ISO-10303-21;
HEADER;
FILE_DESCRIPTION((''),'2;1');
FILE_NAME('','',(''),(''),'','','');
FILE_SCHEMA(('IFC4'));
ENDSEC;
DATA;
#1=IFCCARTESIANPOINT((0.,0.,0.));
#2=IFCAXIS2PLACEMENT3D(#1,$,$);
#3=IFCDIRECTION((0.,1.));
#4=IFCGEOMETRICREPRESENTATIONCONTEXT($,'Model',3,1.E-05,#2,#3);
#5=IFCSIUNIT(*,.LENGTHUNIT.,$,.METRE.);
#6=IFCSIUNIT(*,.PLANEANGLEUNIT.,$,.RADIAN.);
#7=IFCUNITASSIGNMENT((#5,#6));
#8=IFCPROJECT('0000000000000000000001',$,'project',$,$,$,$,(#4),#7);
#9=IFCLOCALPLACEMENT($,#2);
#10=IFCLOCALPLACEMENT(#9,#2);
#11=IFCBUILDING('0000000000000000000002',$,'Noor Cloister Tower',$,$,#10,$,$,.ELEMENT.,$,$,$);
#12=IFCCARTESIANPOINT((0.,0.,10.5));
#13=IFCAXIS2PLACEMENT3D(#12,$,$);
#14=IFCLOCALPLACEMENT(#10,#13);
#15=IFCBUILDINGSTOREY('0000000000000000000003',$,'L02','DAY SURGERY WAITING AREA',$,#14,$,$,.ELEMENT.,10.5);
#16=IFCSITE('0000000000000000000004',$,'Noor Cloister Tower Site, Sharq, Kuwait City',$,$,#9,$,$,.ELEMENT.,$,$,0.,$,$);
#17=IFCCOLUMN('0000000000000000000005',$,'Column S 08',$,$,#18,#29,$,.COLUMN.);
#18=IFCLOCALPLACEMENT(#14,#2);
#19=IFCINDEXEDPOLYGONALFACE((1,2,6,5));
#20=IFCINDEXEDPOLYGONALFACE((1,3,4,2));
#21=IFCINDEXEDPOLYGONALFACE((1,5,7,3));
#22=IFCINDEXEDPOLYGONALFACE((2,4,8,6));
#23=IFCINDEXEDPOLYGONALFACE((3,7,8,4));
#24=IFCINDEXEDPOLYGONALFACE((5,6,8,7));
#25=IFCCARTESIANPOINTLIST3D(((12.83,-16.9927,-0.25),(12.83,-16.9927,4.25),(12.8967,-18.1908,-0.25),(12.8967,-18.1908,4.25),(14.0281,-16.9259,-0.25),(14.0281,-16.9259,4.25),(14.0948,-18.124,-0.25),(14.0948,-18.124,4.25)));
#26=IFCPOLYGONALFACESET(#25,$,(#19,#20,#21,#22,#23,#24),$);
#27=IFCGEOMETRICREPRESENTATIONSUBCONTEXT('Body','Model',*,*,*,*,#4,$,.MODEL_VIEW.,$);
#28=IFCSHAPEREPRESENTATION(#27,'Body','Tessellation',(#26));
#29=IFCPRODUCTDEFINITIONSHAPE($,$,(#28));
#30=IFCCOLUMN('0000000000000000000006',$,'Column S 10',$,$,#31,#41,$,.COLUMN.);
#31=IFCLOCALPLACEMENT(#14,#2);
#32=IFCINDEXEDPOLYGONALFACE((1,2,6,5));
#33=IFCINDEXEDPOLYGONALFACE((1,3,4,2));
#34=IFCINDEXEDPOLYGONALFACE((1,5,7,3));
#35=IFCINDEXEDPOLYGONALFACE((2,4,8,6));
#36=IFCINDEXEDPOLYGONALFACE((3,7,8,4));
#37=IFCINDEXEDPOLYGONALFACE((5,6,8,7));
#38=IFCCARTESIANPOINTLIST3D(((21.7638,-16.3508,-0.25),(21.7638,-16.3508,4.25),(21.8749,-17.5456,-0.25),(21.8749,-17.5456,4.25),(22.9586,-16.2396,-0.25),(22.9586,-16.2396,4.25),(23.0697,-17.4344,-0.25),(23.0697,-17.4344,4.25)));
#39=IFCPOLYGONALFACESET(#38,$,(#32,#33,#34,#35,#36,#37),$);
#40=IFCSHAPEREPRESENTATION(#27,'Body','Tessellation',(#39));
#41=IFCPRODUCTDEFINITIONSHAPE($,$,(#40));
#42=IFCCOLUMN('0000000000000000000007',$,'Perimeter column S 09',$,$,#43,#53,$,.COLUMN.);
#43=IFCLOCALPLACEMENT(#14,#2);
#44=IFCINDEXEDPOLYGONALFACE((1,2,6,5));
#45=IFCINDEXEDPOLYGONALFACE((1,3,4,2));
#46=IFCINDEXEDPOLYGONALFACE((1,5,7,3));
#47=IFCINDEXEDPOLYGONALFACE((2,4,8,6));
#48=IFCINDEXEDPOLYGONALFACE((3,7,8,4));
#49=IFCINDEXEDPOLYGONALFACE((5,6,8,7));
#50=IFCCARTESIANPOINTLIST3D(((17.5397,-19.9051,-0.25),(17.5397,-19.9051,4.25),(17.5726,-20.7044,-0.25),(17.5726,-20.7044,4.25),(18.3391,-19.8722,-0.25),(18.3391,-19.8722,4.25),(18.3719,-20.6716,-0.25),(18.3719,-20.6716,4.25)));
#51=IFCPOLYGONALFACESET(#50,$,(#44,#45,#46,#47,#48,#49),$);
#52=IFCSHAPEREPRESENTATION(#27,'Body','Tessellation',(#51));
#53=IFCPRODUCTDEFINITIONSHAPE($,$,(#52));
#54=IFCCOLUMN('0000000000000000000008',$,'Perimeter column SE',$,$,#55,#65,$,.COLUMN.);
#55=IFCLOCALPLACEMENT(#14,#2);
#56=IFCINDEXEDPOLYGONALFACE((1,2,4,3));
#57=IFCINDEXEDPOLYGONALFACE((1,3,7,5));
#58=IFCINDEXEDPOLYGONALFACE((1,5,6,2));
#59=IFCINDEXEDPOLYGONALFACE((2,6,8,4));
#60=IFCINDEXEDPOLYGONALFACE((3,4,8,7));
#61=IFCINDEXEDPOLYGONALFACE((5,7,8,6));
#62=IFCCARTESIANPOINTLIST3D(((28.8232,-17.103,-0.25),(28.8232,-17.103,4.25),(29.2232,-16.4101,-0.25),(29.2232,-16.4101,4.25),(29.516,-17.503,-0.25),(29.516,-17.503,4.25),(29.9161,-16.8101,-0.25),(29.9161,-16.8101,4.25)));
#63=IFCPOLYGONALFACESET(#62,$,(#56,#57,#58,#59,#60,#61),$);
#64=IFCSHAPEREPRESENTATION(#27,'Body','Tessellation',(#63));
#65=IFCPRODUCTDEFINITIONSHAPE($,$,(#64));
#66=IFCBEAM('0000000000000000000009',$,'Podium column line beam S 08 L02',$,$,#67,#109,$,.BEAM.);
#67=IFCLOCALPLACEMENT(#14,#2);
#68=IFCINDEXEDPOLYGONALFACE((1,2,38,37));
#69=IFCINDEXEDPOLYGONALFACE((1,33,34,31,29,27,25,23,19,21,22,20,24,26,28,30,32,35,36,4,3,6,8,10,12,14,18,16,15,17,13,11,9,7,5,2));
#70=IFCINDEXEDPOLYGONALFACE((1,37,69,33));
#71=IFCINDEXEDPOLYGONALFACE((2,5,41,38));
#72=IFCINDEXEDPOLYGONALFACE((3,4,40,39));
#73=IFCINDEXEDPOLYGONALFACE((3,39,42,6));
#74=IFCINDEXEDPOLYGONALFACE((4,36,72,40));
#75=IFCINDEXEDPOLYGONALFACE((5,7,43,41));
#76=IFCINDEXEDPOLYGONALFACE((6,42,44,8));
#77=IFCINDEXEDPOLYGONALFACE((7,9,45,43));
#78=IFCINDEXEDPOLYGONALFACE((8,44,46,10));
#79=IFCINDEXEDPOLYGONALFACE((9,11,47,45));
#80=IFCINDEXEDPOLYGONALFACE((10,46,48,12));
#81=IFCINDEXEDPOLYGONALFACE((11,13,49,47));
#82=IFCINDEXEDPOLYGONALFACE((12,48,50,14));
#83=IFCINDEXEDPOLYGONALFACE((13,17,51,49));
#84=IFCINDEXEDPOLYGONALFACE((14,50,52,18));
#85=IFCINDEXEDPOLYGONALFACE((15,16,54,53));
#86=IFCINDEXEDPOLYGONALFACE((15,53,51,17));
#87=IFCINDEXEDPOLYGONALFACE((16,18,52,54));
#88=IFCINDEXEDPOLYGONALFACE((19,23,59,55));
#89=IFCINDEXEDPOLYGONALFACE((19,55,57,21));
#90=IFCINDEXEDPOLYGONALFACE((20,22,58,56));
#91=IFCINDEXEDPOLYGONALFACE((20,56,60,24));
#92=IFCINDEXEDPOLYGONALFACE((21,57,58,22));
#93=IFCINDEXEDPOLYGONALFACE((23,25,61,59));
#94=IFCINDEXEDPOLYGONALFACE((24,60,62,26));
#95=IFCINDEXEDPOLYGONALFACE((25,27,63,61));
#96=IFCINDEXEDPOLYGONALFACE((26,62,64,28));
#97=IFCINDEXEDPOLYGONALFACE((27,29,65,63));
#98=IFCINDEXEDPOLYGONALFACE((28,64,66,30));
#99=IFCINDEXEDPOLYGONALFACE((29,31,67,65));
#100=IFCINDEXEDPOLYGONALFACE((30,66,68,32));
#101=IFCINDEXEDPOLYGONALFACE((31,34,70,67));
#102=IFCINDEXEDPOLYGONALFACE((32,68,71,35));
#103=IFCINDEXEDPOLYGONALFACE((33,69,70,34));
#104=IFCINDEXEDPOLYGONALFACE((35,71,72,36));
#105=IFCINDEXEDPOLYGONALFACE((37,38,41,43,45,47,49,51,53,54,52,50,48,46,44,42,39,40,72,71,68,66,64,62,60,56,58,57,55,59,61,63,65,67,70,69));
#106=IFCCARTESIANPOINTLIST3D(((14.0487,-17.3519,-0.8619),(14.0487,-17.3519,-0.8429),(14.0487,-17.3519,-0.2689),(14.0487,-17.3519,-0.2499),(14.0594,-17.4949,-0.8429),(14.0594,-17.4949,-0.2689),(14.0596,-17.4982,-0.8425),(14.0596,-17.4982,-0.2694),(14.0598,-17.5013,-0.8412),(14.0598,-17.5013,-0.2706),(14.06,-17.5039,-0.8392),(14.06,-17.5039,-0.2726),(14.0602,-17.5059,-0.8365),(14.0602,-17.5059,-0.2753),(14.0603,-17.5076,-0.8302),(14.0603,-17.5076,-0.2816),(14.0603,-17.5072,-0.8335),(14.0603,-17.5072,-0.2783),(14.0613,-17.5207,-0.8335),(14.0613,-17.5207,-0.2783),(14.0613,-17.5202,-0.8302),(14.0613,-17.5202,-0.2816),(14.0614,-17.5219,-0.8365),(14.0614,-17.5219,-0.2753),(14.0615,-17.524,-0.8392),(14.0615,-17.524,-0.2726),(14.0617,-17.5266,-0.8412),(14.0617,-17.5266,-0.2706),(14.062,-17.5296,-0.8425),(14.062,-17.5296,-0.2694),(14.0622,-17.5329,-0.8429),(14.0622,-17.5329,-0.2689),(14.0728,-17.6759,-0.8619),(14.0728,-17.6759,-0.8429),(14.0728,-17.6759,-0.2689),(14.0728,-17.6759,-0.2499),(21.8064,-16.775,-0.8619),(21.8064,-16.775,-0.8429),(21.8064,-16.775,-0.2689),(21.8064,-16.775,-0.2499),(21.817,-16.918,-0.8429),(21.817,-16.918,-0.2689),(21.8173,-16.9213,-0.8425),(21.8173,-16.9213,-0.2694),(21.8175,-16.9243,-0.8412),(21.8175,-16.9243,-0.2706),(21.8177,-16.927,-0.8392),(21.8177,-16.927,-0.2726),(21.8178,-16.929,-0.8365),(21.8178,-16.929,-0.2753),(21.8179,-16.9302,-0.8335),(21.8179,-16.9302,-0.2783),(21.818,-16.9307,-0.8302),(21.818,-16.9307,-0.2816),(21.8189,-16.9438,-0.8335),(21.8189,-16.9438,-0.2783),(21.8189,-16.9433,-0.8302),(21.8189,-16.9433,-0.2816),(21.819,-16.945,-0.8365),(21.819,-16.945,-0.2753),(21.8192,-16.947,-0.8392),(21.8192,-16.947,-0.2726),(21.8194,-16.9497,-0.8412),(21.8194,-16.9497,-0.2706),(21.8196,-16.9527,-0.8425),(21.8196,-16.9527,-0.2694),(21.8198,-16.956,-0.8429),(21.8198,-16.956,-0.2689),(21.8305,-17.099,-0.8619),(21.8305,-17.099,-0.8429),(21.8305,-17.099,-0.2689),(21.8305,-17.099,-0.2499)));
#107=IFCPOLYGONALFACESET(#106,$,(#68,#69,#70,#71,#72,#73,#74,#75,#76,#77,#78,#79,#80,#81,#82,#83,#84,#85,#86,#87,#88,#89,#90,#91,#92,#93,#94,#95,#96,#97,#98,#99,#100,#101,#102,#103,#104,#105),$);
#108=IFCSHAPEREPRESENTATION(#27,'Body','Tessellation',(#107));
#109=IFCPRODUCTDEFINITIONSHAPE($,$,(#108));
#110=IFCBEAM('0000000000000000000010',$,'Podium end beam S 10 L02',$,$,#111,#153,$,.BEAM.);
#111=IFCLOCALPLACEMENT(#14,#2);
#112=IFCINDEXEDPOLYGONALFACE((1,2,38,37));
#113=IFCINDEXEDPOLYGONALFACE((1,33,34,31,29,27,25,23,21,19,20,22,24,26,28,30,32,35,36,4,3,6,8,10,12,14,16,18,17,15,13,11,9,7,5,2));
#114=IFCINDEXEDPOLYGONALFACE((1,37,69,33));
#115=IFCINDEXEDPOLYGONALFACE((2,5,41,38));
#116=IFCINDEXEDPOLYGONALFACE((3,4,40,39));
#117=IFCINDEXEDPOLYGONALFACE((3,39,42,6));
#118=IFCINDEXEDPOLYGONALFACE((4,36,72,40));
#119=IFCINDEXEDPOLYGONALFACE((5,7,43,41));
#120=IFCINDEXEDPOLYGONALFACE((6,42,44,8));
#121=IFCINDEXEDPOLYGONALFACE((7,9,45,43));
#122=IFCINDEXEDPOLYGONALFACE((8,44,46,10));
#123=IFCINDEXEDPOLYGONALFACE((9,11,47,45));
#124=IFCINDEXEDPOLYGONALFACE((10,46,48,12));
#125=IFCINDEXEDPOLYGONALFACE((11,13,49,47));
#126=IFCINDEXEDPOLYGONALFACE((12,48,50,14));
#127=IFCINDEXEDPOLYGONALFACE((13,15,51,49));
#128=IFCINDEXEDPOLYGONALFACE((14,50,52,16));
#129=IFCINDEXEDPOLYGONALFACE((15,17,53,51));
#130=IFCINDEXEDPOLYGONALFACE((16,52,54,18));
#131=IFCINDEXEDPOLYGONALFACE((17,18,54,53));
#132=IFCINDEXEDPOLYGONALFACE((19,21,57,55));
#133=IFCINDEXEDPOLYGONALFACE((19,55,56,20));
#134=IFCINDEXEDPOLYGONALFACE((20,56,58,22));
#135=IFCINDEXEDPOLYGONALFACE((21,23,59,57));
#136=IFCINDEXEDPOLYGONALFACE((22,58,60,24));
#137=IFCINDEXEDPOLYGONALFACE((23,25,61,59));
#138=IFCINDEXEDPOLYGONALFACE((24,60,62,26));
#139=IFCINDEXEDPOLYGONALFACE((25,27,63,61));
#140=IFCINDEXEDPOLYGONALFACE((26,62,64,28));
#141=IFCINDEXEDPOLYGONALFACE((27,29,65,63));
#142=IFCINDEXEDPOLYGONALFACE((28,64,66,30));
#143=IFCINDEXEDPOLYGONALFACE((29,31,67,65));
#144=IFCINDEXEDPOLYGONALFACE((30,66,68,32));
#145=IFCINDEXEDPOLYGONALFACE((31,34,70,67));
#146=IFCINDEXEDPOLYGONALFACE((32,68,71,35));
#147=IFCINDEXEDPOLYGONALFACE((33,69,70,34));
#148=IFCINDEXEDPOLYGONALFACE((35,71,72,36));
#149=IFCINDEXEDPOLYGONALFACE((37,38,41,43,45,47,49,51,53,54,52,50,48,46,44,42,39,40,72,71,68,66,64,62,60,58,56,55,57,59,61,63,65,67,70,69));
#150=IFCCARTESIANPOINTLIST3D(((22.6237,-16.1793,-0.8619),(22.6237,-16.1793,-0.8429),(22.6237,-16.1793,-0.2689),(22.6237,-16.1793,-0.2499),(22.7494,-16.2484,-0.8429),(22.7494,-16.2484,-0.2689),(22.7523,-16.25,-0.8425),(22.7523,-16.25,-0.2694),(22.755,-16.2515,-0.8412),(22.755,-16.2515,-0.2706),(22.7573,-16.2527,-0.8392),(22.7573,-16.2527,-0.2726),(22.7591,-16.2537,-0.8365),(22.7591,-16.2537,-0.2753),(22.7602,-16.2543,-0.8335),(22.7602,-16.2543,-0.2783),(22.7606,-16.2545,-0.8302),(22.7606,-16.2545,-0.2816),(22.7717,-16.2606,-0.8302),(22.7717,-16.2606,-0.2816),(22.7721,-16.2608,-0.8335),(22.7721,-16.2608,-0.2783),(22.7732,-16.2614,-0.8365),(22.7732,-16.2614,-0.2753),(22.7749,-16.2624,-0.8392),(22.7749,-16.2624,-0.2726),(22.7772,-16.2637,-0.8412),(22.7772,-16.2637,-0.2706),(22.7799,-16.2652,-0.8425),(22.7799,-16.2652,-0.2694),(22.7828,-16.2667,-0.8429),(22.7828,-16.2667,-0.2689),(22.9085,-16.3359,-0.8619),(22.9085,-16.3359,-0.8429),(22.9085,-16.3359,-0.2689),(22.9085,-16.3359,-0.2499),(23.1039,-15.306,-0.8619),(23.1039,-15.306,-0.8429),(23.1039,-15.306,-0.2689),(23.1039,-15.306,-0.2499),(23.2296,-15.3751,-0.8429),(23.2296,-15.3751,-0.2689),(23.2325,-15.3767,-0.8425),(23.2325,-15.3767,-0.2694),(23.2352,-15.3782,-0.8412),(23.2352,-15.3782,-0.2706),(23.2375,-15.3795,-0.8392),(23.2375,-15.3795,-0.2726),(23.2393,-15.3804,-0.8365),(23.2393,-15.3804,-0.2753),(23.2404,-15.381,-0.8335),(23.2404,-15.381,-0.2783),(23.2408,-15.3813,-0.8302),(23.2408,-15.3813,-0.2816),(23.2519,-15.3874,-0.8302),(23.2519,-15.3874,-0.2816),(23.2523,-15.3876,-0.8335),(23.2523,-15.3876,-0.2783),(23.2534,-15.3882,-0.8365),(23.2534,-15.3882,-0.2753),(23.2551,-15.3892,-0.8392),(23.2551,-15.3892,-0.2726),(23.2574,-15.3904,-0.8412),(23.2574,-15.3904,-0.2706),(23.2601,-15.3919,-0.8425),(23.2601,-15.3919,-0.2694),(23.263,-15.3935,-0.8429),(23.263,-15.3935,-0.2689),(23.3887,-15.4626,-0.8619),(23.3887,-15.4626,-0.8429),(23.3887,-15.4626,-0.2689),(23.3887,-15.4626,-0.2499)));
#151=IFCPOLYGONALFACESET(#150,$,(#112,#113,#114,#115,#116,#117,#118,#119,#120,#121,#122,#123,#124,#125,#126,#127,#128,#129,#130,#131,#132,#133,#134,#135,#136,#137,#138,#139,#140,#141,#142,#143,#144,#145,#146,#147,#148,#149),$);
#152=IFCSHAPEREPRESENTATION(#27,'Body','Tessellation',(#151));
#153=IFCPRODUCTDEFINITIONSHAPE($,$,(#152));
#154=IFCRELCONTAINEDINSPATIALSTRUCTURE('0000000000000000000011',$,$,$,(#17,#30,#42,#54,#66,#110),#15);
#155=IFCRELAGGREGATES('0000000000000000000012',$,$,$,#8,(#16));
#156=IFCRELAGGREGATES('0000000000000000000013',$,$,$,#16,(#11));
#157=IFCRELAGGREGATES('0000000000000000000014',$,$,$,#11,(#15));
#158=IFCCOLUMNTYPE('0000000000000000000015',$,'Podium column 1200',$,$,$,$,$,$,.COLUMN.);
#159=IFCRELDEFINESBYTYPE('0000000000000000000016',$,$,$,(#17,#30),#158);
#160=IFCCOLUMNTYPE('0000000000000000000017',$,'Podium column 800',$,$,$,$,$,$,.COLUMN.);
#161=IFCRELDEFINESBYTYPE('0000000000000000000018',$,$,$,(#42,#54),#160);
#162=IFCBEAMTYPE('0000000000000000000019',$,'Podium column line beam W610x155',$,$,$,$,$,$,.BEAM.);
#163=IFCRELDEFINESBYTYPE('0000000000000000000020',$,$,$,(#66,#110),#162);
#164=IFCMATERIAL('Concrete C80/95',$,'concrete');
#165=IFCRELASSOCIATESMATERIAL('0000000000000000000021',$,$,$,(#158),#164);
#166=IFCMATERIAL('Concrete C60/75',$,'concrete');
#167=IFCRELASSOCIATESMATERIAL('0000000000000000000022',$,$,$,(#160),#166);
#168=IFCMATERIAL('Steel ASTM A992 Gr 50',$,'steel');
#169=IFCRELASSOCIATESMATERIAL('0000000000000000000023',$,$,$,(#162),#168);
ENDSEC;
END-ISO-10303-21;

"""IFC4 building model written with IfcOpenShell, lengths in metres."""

from ifc_helpers import new_model, si_unit, direction, frame, origin, origin_2d, place, context, subcontext, project, spatial, rectangle, i_section, extrude, material, material_profile, profile_set, type_object, element, save


model = new_model("IFC4")

# Units and contexts
model_context = context("Model", 3, precision=1e-05, world=origin(), true_north=direction((0.0, 1.0)))
body_context = subcontext(model_context, "Body", "Model", "MODEL_VIEW")
ifc_project = project(units=[si_unit("LENGTHUNIT", "METRE"), si_unit("PLANEANGLEUNIT", "RADIAN")], contexts=[model_context])

# Site, building, storey
site_placement = place(None, origin())
site = spatial("IfcSite", under=ifc_project, at=site_placement, Name="Noor Cloister Tower Site, Sharq, Kuwait City", CompositionType="ELEMENT", RefElevation=0.0)
building_placement = place(site_placement, origin())
building = spatial("IfcBuilding", under=site, at=building_placement, Name="Noor Cloister Tower", CompositionType="ELEMENT")
storey_placement = place(building_placement, frame((0.0, 0.0, 10.5)))
storey = spatial("IfcBuildingStorey", under=building, at=storey_placement, Name="L02", Description="DAY SURGERY WAITING AREA", CompositionType="ELEMENT", Elevation=10.5)

# Columns
ifc_material_1 = material(Name="Concrete C80/95", Category="concrete")
ifc_material_profile_1 = material_profile(ifc_material_1, rectangle(XDim=1.2, YDim=1.2, at=origin_2d()), Name="Podium column 1200")
ifc_profile_set_1 = profile_set([ifc_material_profile_1], Name="Concrete C80/95")
column_type_1 = type_object("IfcColumnType", Name="Podium column 1200", PredefinedType="COLUMN", material=ifc_profile_set_1)
for number, where, z_axis, x_axis, name in (
    (1, (13.4624, -17.5583, -0.25), (0.0, 0.0, 1.0), (0.055633, -0.998451, 0.0), "Column S 08"),
    (2, (22.4167, -16.8926, -0.25), (0.0, 0.0, 1.0), (0.092636, -0.9957, 0.0), "Column S 10"),
):
    element("IfcColumn", number, at=place(storey_placement, frame(where, z_axis=z_axis, x_axis=x_axis)), inside=storey, type_object=column_type_1, Name=name, PredefinedType="COLUMN", context=body_context, shape_type="SweptSolid", body=[
        extrude(rectangle(XDim=1.2, YDim=1.2, at=origin_2d()), origin(), (0.0, 0.0, 1.0), 4.5),
    ])
ifc_material_2 = material(Name="Concrete C60/75", Category="concrete")
ifc_material_profile_2 = material_profile(ifc_material_2, rectangle(XDim=0.8, YDim=0.8, at=origin_2d()), Name="Podium column 800")
ifc_profile_set_2 = profile_set([ifc_material_profile_2], Name="Concrete C60/75")
column_type_2 = type_object("IfcColumnType", Name="Podium column 800", PredefinedType="COLUMN", material=ifc_profile_set_2)
for number, where, z_axis, x_axis, name in (
    (3, (17.9558, -20.2883, -0.25), (0.0, 0.0, 1.0), (0.041066, -0.999156, 0.0), "Perimeter column S 09"),
    (4, (29.3696, -16.9565, -0.25), (0.0, 0.0, 1.0), (0.866025, -0.5, 0.0), "Perimeter column SE"),
):
    element("IfcColumn", number, at=place(storey_placement, frame(where, z_axis=z_axis, x_axis=x_axis)), inside=storey, type_object=column_type_2, Name=name, PredefinedType="COLUMN", context=body_context, shape_type="SweptSolid", body=[
        extrude(rectangle(XDim=0.8, YDim=0.8, at=origin_2d()), origin(), (0.0, 0.0, 1.0), 4.5),
    ])

# Beams
ifc_material_3 = material(Name="Steel ASTM A992 Gr 50", Category="steel")
ifc_material_profile_3 = material_profile(ifc_material_3, i_section(OverallWidth=0.325, OverallDepth=0.6121, WebThickness=0.0127, FlangeThickness=0.019, FilletRadius=0.0127, at=origin_2d()), Name="W610x155")
ifc_profile_set_3 = profile_set([ifc_material_profile_3], Name="Steel ASTM A992 Gr 50")
beam_type_1 = type_object("IfcBeamType", Name="Podium column line beam W610x155", PredefinedType="BEAM", material=ifc_profile_set_3)
beam_1_placement = place(storey_placement, frame((14.0608, -17.5139, -0.5559), z_axis=(0.997246, 0.074162, 0.0), x_axis=(-0.074162, 0.997246, 0.0)))
element("IfcBeam", 5, at=beam_1_placement, inside=storey, type_object=beam_type_1, Name="Podium column line beam S 08 L02", PredefinedType="BEAM", context=body_context, shape_type="SweptSolid", body=[
    extrude(i_section(OverallWidth=0.325, OverallDepth=0.6121, WebThickness=0.0127, FlangeThickness=0.019, FilletRadius=0.0127, at=origin_2d()), origin(), (0.0, 0.0, 1.0), 7.7791),
])
beam_2_placement = place(storey_placement, frame((22.7661, -16.2576, -0.5559), z_axis=(0.481853, 0.876252, 0.0), x_axis=(-0.876252, 0.481853, 0.0)))
element("IfcBeam", 6, at=beam_2_placement, inside=storey, type_object=beam_type_1, Name="Podium end beam S 10 L02", PredefinedType="BEAM", context=body_context, shape_type="SweptSolid", body=[
    extrude(i_section(OverallWidth=0.325, OverallDepth=0.6121, WebThickness=0.0127, FlangeThickness=0.019, FilletRadius=0.0127, at=origin_2d()), origin(), (0.0, 0.0, 1.0), 0.9966),
])

save(model, "model.ifc")
